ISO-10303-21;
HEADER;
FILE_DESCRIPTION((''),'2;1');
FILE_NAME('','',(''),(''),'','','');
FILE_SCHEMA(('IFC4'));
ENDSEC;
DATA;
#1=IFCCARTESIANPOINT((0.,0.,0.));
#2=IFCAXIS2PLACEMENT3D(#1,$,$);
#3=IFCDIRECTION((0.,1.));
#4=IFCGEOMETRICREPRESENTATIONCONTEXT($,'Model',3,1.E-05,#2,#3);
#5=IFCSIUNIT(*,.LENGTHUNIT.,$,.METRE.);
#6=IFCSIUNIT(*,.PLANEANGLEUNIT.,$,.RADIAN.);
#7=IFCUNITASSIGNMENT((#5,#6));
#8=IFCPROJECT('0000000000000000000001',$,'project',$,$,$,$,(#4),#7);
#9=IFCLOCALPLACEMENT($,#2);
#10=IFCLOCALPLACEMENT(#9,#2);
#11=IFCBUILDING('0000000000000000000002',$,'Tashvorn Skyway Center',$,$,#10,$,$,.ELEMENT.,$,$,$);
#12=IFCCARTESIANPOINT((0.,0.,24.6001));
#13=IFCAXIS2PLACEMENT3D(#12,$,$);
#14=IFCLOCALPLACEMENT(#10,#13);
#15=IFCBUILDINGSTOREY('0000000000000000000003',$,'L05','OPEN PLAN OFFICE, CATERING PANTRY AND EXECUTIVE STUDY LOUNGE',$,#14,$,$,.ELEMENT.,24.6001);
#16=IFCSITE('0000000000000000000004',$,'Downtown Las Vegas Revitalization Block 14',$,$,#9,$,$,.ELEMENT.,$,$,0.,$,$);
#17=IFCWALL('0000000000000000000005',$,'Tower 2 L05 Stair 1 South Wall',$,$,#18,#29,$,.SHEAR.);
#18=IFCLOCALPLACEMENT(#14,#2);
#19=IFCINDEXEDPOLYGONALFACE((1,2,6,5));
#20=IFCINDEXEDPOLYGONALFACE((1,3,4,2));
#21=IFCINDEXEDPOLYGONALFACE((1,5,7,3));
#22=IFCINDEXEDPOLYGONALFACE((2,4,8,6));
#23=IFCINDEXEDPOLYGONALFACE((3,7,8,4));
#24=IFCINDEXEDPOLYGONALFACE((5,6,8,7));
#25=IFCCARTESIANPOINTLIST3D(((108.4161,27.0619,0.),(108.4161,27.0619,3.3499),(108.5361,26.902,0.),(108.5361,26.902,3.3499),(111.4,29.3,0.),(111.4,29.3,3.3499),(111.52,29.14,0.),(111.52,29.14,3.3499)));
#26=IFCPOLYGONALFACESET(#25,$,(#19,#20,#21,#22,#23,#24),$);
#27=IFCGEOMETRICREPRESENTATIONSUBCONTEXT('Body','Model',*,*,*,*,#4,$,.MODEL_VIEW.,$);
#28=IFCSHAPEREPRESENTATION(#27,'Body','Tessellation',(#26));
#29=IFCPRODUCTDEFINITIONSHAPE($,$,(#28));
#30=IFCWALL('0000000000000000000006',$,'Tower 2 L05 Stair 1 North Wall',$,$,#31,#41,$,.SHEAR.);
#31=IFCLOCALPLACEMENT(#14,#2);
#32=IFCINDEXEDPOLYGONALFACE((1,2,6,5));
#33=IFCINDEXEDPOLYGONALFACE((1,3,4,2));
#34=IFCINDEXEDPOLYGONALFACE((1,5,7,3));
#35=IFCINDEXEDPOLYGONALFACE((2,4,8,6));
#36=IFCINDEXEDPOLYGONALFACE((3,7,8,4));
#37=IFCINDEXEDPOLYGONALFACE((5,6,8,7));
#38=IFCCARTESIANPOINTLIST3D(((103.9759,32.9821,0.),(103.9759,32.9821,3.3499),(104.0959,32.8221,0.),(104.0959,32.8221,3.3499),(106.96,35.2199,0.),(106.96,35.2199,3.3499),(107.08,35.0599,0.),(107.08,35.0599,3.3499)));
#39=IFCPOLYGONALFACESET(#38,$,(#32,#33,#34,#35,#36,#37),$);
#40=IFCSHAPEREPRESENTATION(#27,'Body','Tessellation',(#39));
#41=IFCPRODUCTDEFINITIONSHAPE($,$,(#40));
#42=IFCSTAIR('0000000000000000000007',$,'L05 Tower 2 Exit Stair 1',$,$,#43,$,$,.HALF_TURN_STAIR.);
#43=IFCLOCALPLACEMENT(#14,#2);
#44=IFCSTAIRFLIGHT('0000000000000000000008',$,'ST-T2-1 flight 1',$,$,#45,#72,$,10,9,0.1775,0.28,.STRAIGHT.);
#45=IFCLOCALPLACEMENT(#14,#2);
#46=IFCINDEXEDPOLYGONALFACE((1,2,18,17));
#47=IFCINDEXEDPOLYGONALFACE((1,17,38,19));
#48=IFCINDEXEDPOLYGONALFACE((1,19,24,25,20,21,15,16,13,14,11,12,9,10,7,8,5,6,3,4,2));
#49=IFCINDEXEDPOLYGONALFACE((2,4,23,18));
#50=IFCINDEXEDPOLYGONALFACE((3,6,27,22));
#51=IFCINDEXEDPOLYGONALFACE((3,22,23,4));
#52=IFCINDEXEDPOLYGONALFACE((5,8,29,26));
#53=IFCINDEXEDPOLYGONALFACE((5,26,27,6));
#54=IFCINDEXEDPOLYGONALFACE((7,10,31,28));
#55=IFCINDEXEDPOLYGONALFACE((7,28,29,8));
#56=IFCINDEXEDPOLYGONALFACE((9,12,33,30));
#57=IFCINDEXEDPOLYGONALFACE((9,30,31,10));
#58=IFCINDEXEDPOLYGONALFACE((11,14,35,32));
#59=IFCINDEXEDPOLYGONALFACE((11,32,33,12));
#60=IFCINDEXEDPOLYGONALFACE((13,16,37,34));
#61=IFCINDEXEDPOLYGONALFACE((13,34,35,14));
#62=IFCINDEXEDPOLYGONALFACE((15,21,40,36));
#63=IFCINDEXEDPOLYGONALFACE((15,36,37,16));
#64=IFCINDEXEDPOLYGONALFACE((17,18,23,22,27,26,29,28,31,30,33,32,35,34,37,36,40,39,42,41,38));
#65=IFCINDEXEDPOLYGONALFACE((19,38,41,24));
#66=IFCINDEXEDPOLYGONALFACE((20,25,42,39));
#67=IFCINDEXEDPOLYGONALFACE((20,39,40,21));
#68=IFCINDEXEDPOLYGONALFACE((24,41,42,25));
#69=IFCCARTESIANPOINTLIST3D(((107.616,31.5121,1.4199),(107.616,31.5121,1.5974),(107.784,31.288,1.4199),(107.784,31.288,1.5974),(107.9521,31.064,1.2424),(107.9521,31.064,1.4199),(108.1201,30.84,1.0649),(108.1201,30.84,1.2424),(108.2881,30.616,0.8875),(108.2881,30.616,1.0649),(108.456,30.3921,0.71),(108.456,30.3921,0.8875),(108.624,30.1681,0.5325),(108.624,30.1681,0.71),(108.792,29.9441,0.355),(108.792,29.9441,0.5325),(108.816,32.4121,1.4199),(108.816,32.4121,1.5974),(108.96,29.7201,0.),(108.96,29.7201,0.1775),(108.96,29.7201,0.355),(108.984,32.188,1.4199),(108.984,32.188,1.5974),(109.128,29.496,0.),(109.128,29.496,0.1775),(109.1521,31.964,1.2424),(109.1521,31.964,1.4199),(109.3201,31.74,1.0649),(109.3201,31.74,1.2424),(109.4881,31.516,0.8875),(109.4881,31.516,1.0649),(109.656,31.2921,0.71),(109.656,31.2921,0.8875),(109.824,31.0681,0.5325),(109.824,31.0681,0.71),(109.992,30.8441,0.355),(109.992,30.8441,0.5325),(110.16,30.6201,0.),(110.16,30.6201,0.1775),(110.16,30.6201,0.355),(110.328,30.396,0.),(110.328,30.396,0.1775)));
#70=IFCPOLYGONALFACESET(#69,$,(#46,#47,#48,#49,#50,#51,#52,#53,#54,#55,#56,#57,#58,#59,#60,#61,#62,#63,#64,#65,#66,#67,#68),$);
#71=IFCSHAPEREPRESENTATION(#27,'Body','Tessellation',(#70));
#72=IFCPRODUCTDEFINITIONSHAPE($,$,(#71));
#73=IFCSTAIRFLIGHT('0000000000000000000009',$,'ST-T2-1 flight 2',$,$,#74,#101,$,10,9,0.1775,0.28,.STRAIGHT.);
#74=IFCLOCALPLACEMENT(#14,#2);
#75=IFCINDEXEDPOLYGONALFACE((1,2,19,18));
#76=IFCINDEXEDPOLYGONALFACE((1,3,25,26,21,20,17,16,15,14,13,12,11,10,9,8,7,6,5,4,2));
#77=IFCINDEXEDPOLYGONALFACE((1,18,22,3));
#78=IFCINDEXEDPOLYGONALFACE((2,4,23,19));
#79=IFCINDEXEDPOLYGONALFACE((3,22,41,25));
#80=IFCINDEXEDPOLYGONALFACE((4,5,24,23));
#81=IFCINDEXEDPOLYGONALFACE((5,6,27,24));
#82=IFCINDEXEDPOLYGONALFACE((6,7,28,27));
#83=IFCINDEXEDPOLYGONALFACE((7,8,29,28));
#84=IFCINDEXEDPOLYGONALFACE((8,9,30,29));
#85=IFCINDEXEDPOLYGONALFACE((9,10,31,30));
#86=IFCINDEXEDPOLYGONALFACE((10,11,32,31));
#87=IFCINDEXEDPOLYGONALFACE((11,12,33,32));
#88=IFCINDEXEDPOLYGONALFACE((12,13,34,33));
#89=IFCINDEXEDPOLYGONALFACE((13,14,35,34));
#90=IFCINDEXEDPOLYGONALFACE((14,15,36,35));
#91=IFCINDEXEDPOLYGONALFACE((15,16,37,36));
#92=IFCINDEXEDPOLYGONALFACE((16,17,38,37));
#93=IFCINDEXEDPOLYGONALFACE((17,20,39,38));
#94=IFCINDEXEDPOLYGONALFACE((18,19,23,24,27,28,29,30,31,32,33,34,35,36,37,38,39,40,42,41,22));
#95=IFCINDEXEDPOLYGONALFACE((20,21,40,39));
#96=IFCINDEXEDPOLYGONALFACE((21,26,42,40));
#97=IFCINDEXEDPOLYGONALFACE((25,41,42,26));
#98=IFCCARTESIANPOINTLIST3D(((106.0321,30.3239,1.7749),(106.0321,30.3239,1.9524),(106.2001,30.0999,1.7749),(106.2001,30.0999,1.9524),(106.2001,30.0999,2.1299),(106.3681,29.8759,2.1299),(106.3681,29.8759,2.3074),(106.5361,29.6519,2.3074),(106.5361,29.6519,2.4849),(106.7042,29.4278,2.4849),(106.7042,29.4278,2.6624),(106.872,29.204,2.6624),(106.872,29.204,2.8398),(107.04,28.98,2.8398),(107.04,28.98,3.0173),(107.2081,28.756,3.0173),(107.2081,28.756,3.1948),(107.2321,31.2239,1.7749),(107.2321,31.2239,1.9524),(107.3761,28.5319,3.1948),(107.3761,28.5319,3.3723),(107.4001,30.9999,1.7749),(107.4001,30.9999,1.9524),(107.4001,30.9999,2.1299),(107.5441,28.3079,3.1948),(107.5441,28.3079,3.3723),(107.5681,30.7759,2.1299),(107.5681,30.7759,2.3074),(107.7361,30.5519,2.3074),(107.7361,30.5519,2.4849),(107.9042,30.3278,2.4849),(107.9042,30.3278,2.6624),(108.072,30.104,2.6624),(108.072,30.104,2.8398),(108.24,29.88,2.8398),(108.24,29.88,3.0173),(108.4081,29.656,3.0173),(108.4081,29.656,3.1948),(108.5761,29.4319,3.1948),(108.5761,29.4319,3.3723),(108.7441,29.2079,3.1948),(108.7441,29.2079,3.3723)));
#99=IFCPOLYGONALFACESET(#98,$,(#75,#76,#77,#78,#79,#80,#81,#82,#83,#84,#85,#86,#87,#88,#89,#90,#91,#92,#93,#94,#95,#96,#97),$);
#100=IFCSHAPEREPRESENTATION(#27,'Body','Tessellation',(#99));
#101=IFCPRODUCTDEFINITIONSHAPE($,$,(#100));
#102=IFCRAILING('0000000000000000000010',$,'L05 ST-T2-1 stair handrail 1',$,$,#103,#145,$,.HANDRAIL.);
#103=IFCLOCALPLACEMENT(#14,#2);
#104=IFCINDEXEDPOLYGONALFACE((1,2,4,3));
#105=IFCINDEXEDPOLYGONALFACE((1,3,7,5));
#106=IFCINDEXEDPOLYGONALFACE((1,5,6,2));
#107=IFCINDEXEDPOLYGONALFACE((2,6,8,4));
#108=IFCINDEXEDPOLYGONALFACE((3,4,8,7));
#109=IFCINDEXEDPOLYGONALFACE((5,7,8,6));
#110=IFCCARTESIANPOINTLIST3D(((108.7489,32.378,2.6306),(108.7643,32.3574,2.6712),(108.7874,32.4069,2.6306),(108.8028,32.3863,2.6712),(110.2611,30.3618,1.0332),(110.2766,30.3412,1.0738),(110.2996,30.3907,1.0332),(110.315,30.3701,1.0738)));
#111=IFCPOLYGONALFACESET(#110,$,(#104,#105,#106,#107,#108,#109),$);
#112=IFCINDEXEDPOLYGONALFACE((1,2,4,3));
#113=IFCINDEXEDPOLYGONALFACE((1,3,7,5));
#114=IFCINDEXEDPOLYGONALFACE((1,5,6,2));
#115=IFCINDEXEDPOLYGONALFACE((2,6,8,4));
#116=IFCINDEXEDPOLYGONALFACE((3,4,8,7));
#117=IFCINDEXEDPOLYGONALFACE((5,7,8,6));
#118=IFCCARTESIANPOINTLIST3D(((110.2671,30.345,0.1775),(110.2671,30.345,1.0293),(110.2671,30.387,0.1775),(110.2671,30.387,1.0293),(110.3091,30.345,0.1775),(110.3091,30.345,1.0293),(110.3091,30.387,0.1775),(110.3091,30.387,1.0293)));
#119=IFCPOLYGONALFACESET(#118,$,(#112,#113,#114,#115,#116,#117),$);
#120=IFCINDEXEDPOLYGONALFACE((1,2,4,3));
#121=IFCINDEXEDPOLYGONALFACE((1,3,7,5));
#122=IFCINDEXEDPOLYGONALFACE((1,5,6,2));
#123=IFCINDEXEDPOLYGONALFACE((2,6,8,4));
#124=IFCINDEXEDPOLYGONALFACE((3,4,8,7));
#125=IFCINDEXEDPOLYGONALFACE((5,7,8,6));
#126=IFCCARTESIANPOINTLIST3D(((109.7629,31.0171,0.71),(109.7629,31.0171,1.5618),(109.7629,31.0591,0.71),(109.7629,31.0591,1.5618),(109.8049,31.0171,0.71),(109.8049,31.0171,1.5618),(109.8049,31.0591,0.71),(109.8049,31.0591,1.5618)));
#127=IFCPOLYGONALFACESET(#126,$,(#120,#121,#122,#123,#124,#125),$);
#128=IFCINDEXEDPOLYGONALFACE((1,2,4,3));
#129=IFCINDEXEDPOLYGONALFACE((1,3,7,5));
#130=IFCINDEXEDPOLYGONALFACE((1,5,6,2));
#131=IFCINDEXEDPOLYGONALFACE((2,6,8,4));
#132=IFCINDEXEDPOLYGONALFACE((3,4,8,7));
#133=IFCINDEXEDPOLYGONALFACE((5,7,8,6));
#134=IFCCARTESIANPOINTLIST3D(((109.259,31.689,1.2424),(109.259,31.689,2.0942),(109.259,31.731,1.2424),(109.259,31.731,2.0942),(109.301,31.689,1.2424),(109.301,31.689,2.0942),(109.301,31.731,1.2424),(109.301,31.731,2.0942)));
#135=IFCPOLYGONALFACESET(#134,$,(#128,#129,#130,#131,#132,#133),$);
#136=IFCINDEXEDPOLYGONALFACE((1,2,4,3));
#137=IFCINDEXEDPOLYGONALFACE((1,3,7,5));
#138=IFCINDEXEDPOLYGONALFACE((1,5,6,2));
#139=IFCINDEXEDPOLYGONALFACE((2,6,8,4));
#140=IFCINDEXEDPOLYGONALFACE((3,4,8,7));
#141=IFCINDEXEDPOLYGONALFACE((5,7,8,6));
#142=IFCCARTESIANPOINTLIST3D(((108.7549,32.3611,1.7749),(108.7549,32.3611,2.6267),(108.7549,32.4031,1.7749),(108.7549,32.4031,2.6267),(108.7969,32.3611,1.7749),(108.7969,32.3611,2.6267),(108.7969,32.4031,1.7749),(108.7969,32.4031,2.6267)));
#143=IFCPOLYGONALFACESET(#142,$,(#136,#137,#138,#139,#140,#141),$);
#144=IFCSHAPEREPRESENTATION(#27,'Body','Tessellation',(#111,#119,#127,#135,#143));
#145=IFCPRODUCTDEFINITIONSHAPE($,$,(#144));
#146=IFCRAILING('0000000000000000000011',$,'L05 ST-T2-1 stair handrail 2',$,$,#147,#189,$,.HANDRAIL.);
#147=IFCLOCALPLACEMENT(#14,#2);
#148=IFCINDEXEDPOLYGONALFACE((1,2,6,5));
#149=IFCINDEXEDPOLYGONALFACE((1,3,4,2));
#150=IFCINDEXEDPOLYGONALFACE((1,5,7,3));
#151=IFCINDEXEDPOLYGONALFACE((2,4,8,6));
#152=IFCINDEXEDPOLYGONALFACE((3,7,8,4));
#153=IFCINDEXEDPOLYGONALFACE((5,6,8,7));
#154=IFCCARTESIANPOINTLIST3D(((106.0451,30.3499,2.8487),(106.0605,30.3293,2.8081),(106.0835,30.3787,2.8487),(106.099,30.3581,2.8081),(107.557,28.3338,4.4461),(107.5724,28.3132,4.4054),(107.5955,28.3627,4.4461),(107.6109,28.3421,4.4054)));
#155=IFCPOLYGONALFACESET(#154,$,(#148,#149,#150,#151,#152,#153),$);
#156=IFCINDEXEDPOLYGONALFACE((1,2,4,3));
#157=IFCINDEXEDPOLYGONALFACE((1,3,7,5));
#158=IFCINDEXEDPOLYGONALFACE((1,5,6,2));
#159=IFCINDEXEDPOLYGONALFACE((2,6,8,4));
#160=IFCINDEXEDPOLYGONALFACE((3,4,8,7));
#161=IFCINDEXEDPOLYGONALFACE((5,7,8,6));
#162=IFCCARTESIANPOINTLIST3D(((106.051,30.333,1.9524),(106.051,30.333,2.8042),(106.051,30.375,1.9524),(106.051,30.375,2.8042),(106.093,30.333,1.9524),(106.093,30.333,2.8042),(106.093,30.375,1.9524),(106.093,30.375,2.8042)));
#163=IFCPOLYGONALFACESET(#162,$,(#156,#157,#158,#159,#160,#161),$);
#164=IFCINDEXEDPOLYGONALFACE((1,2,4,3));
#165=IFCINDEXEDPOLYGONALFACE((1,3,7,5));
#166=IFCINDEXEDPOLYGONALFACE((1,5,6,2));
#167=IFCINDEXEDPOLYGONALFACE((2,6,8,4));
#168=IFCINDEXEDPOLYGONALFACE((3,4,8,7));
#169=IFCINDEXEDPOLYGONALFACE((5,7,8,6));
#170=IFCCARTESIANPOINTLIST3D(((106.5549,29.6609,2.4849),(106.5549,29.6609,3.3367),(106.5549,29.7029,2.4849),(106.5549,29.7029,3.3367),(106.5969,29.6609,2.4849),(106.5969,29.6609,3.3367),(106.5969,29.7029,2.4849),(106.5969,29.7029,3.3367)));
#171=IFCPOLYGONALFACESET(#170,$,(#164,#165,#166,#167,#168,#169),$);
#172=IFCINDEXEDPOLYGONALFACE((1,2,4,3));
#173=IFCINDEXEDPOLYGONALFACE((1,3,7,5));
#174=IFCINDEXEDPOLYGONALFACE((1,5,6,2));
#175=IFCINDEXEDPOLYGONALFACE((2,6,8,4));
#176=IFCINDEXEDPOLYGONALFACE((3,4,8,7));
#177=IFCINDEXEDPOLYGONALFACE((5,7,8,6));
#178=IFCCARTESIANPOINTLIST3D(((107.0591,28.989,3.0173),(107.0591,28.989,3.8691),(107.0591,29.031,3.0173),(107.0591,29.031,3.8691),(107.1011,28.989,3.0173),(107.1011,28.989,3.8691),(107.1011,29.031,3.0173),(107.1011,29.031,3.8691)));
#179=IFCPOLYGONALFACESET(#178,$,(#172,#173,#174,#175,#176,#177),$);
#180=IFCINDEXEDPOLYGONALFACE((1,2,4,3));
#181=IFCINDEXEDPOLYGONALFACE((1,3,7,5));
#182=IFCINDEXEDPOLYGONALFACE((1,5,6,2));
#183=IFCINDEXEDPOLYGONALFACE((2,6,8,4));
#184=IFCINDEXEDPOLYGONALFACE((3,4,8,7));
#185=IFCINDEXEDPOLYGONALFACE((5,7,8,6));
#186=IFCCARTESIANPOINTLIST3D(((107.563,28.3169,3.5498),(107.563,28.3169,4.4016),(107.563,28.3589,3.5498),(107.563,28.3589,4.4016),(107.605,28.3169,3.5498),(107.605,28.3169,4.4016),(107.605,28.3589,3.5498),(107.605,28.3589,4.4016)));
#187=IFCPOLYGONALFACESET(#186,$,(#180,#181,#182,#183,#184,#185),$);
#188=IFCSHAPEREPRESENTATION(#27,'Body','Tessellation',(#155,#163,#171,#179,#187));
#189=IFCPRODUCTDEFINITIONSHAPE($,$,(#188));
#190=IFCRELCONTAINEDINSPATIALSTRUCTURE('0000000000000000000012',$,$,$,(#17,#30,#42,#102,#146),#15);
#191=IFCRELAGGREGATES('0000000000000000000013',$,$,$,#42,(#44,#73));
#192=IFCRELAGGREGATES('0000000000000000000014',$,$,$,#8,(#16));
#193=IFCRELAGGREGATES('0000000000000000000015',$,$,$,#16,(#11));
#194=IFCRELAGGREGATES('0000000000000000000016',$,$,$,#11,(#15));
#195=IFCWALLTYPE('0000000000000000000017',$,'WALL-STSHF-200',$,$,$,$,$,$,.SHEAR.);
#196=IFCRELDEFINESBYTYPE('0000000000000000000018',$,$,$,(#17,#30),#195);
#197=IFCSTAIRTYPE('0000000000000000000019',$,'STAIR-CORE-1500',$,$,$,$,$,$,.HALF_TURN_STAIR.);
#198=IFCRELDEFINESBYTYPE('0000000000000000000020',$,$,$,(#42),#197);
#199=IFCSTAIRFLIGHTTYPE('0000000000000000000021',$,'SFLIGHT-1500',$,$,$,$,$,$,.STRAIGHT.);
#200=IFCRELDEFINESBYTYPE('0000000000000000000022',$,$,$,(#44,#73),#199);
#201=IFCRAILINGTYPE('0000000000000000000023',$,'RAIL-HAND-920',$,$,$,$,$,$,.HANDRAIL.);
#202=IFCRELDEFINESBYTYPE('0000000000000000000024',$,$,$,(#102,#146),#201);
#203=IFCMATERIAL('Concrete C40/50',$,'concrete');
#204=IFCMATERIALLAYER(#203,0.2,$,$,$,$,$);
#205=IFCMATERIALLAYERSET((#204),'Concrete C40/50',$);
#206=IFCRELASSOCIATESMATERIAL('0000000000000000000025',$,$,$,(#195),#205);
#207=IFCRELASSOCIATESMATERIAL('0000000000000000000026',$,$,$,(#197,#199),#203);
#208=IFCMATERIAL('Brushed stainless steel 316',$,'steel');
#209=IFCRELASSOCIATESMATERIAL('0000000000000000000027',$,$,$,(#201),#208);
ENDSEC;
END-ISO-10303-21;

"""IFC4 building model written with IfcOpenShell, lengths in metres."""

from ifc_helpers import new_model, si_unit, direction, frame, frame_2d, origin, origin_2d, place, context, subcontext, project, spatial, polyline, rectangle, outline, extrude, material, layer, layer_set, type_object, element, aggregate, save


model = new_model("IFC4")

# Units and contexts
model_context = context("Model", 3, precision=1e-05, world=origin(), true_north=direction((0.0, 1.0)))
body_context = subcontext(model_context, "Body", "Model", "MODEL_VIEW")
ifc_project = project(units=[si_unit("LENGTHUNIT", "METRE"), si_unit("PLANEANGLEUNIT", "RADIAN")], contexts=[model_context])

# Site, building, storey
site_placement = place(None, origin())
site = spatial("IfcSite", under=ifc_project, at=site_placement, Name="Downtown Las Vegas Revitalization Block 14", CompositionType="ELEMENT", RefElevation=0.0)
building_placement = place(site_placement, origin())
building = spatial("IfcBuilding", under=site, at=building_placement, Name="Tashvorn Skyway Center", CompositionType="ELEMENT")
storey_placement = place(building_placement, frame((0.0, 0.0, 24.6001)))
storey = spatial("IfcBuildingStorey", under=building, at=storey_placement, Name="L05", Description="OPEN PLAN OFFICE, CATERING PANTRY AND EXECUTIVE STUDY LOUNGE", CompositionType="ELEMENT", Elevation=24.6001)

# Walls
ifc_material_1 = material(Name="Concrete C40/50", Category="concrete")
ifc_layer_1 = layer(ifc_material_1, 0.2)
ifc_layer_set_1 = layer_set([ifc_layer_1], Name="Concrete C40/50")
wall_type_1 = type_object("IfcWallType", Name="WALL-STSHF-200", PredefinedType="SHEAR", material=ifc_layer_set_1)
for number, where, z_axis, x_axis, name in (
    (1, (108.4761, 26.9819, 0.0), (0.0, 0.0, 1.0), (0.799984, 0.600021, 0.0), "Tower 2 L05 Stair 1 South Wall"),
    (2, (104.0359, 32.9021, 0.0), (0.0, 0.0, 1.0), (0.800039, 0.599948, 0.0), "Tower 2 L05 Stair 1 North Wall"),
):
    element("IfcWall", number, at=place(storey_placement, frame(where, z_axis=z_axis, x_axis=x_axis)), inside=storey, type_object=wall_type_1, Name=name, PredefinedType="SHEAR", context=body_context, shape_type="SweptSolid", body=[
        extrude(rectangle(XDim=3.73, YDim=0.2, at=frame_2d((1.865, 0.0))), origin(), (0.0, 0.0, 1.0), 3.3499),
    ])

# Stair, stair flights
stair_type = type_object("IfcStairType", Name="STAIR-CORE-1500", PredefinedType="HALF_TURN_STAIR", material=ifc_material_1)
stair_placement = place(storey_placement, origin())
stair = element("IfcStair", 3, at=stair_placement, inside=storey, type_object=stair_type, Name="L05 Tower 2 Exit Stair 1", PredefinedType="HALF_TURN_STAIR")
stair_flight_type = type_object("IfcStairFlightType", Name="SFLIGHT-1500", PredefinedType="STRAIGHT", material=ifc_material_1)
stair_flight_1_placement = place(storey_placement, frame((109.728, 29.946, 0.0), z_axis=(0.0, 0.0, 1.0), x_axis=(-0.6, 0.8, 0.0)))
stair_flight_1 = element("IfcStairFlight", 4, at=stair_flight_1_placement, type_object=stair_flight_type, Name="ST-T2-1 flight 1", NumberOfRisers=10, NumberOfTreads=9, PredefinedType="STRAIGHT", RiserHeight=0.1775, TreadLength=0.28, context=body_context, shape_type="SweptSolid", body=[
    extrude(outline(polyline([(0.0, 0.0), (0.0, 0.1775), (0.28, 0.1775), (0.28, 0.355), (0.5601, 0.355), (0.5601, 0.5325), (0.8401, 0.5325), (0.8401, 0.71), (1.1201, 0.71), (1.1201, 0.8875), (1.3999, 0.8875), (1.3999, 1.0649), (1.6799, 1.0649), (1.6799, 1.2424), (1.96, 1.2424), (1.96, 1.4199), (2.24, 1.4199), (2.24, 1.5974), (2.52, 1.5974), (2.52, 1.7749), (2.52, 1.4199), (0.28, 0.0), (0.0, 0.0)])), frame((0.0, 0.75, 0.0), z_axis=(0.0, -1.0, 0.0), x_axis=(1.0, 0.0, 0.0)), (0.0, 0.0, 1.0), 1.5),
])
stair_flight_2_placement = place(storey_placement, frame((106.6321, 30.7739, 1.7749), z_axis=(0.0, 0.0, 1.0), x_axis=(0.6, -0.8, 0.0)))
stair_flight_2 = element("IfcStairFlight", 5, at=stair_flight_2_placement, type_object=stair_flight_type, Name="ST-T2-1 flight 2", NumberOfRisers=10, NumberOfTreads=9, PredefinedType="STRAIGHT", RiserHeight=0.1775, TreadLength=0.28, context=body_context, shape_type="SweptSolid", body=[
    extrude(outline(polyline([(0.0, 0.0), (0.0, 0.1775), (0.28, 0.1775), (0.28, 0.355), (0.5601, 0.355), (0.5601, 0.5325), (0.8401, 0.5325), (0.8401, 0.71), (1.1201, 0.71), (1.1201, 0.8875), (1.3999, 0.8875), (1.3999, 1.0649), (1.6799, 1.0649), (1.6799, 1.2424), (1.96, 1.2424), (1.96, 1.4199), (2.24, 1.4199), (2.24, 1.5974), (2.52, 1.5974), (2.52, 1.7749), (2.52, 1.4199), (0.28, 0.0), (0.0, 0.0)])), frame((0.0, 0.75, 0.0), z_axis=(0.0, -1.0, 0.0), x_axis=(1.0, 0.0, 0.0)), (0.0, 0.0, 1.0), 1.5),
])
aggregate(stair, [stair_flight_1, stair_flight_2])

# Railings
ifc_material_2 = material(Name="Brushed stainless steel 316", Category="steel")
railing_type_1 = type_object("IfcRailingType", Name="RAIL-HAND-920", PredefinedType="HANDRAIL", material=ifc_material_2)
railing_1_placement = place(storey_placement, frame((110.2881, 30.366, 0.1775)))
element("IfcRailing", 6, at=railing_1_placement, inside=storey, type_object=railing_type_1, Name="L05 ST-T2-1 stair handrail 1", PredefinedType="HANDRAIL", context=body_context, shape_type="SweptSolid", body=[
    extrude(rectangle(XDim=0.0481, YDim=0.0481, at=origin_2d()), frame((0.0, 0.0, 0.876), z_axis=(-0.506802, 0.675681, 0.535357), x_axis=(-0.799977, -0.600031, 0.0)), (0.0, 0.0, 1.0), 2.9839),
    extrude(rectangle(XDim=0.042, YDim=0.042, at=origin_2d()), origin(), (0.0, 0.0, 1.0), 0.8518),
    extrude(rectangle(XDim=0.042, YDim=0.042, at=origin_2d()), frame((-0.5042, 0.6721, 0.5325)), (0.0, 0.0, 1.0), 0.8518),
    extrude(rectangle(XDim=0.042, YDim=0.042, at=origin_2d()), frame((-1.0081, 1.344, 1.0649)), (0.0, 0.0, 1.0), 0.8518),
    extrude(rectangle(XDim=0.042, YDim=0.042, at=origin_2d()), frame((-1.5122, 2.0161, 1.5974)), (0.0, 0.0, 1.0), 0.8518),
])
railing_2_placement = place(storey_placement, frame((106.072, 30.354, 1.9524)))
element("IfcRailing", 7, at=railing_2_placement, inside=storey, type_object=railing_type_1, Name="L05 ST-T2-1 stair handrail 2", PredefinedType="HANDRAIL", context=body_context, shape_type="SweptSolid", body=[
    extrude(rectangle(XDim=0.0481, YDim=0.0481, at=origin_2d()), frame((0.0, 0.0, 0.876), z_axis=(0.506741, -0.675709, 0.535379), x_axis=(0.800023, 0.599969, 0.0)), (0.0, 0.0, 1.0), 2.9836),
    extrude(rectangle(XDim=0.042, YDim=0.042, at=origin_2d()), origin(), (0.0, 0.0, 1.0), 0.8518),
    extrude(rectangle(XDim=0.042, YDim=0.042, at=origin_2d()), frame((0.5039, -0.6721, 0.5325)), (0.0, 0.0, 1.0), 0.8518),
    extrude(rectangle(XDim=0.042, YDim=0.042, at=origin_2d()), frame((1.0081, -1.344, 1.0649)), (0.0, 0.0, 1.0), 0.8518),
    extrude(rectangle(XDim=0.042, YDim=0.042, at=origin_2d()), frame((1.512, -2.0161, 1.5974)), (0.0, 0.0, 1.0), 0.8518),
])

save(model, "model.ifc")
